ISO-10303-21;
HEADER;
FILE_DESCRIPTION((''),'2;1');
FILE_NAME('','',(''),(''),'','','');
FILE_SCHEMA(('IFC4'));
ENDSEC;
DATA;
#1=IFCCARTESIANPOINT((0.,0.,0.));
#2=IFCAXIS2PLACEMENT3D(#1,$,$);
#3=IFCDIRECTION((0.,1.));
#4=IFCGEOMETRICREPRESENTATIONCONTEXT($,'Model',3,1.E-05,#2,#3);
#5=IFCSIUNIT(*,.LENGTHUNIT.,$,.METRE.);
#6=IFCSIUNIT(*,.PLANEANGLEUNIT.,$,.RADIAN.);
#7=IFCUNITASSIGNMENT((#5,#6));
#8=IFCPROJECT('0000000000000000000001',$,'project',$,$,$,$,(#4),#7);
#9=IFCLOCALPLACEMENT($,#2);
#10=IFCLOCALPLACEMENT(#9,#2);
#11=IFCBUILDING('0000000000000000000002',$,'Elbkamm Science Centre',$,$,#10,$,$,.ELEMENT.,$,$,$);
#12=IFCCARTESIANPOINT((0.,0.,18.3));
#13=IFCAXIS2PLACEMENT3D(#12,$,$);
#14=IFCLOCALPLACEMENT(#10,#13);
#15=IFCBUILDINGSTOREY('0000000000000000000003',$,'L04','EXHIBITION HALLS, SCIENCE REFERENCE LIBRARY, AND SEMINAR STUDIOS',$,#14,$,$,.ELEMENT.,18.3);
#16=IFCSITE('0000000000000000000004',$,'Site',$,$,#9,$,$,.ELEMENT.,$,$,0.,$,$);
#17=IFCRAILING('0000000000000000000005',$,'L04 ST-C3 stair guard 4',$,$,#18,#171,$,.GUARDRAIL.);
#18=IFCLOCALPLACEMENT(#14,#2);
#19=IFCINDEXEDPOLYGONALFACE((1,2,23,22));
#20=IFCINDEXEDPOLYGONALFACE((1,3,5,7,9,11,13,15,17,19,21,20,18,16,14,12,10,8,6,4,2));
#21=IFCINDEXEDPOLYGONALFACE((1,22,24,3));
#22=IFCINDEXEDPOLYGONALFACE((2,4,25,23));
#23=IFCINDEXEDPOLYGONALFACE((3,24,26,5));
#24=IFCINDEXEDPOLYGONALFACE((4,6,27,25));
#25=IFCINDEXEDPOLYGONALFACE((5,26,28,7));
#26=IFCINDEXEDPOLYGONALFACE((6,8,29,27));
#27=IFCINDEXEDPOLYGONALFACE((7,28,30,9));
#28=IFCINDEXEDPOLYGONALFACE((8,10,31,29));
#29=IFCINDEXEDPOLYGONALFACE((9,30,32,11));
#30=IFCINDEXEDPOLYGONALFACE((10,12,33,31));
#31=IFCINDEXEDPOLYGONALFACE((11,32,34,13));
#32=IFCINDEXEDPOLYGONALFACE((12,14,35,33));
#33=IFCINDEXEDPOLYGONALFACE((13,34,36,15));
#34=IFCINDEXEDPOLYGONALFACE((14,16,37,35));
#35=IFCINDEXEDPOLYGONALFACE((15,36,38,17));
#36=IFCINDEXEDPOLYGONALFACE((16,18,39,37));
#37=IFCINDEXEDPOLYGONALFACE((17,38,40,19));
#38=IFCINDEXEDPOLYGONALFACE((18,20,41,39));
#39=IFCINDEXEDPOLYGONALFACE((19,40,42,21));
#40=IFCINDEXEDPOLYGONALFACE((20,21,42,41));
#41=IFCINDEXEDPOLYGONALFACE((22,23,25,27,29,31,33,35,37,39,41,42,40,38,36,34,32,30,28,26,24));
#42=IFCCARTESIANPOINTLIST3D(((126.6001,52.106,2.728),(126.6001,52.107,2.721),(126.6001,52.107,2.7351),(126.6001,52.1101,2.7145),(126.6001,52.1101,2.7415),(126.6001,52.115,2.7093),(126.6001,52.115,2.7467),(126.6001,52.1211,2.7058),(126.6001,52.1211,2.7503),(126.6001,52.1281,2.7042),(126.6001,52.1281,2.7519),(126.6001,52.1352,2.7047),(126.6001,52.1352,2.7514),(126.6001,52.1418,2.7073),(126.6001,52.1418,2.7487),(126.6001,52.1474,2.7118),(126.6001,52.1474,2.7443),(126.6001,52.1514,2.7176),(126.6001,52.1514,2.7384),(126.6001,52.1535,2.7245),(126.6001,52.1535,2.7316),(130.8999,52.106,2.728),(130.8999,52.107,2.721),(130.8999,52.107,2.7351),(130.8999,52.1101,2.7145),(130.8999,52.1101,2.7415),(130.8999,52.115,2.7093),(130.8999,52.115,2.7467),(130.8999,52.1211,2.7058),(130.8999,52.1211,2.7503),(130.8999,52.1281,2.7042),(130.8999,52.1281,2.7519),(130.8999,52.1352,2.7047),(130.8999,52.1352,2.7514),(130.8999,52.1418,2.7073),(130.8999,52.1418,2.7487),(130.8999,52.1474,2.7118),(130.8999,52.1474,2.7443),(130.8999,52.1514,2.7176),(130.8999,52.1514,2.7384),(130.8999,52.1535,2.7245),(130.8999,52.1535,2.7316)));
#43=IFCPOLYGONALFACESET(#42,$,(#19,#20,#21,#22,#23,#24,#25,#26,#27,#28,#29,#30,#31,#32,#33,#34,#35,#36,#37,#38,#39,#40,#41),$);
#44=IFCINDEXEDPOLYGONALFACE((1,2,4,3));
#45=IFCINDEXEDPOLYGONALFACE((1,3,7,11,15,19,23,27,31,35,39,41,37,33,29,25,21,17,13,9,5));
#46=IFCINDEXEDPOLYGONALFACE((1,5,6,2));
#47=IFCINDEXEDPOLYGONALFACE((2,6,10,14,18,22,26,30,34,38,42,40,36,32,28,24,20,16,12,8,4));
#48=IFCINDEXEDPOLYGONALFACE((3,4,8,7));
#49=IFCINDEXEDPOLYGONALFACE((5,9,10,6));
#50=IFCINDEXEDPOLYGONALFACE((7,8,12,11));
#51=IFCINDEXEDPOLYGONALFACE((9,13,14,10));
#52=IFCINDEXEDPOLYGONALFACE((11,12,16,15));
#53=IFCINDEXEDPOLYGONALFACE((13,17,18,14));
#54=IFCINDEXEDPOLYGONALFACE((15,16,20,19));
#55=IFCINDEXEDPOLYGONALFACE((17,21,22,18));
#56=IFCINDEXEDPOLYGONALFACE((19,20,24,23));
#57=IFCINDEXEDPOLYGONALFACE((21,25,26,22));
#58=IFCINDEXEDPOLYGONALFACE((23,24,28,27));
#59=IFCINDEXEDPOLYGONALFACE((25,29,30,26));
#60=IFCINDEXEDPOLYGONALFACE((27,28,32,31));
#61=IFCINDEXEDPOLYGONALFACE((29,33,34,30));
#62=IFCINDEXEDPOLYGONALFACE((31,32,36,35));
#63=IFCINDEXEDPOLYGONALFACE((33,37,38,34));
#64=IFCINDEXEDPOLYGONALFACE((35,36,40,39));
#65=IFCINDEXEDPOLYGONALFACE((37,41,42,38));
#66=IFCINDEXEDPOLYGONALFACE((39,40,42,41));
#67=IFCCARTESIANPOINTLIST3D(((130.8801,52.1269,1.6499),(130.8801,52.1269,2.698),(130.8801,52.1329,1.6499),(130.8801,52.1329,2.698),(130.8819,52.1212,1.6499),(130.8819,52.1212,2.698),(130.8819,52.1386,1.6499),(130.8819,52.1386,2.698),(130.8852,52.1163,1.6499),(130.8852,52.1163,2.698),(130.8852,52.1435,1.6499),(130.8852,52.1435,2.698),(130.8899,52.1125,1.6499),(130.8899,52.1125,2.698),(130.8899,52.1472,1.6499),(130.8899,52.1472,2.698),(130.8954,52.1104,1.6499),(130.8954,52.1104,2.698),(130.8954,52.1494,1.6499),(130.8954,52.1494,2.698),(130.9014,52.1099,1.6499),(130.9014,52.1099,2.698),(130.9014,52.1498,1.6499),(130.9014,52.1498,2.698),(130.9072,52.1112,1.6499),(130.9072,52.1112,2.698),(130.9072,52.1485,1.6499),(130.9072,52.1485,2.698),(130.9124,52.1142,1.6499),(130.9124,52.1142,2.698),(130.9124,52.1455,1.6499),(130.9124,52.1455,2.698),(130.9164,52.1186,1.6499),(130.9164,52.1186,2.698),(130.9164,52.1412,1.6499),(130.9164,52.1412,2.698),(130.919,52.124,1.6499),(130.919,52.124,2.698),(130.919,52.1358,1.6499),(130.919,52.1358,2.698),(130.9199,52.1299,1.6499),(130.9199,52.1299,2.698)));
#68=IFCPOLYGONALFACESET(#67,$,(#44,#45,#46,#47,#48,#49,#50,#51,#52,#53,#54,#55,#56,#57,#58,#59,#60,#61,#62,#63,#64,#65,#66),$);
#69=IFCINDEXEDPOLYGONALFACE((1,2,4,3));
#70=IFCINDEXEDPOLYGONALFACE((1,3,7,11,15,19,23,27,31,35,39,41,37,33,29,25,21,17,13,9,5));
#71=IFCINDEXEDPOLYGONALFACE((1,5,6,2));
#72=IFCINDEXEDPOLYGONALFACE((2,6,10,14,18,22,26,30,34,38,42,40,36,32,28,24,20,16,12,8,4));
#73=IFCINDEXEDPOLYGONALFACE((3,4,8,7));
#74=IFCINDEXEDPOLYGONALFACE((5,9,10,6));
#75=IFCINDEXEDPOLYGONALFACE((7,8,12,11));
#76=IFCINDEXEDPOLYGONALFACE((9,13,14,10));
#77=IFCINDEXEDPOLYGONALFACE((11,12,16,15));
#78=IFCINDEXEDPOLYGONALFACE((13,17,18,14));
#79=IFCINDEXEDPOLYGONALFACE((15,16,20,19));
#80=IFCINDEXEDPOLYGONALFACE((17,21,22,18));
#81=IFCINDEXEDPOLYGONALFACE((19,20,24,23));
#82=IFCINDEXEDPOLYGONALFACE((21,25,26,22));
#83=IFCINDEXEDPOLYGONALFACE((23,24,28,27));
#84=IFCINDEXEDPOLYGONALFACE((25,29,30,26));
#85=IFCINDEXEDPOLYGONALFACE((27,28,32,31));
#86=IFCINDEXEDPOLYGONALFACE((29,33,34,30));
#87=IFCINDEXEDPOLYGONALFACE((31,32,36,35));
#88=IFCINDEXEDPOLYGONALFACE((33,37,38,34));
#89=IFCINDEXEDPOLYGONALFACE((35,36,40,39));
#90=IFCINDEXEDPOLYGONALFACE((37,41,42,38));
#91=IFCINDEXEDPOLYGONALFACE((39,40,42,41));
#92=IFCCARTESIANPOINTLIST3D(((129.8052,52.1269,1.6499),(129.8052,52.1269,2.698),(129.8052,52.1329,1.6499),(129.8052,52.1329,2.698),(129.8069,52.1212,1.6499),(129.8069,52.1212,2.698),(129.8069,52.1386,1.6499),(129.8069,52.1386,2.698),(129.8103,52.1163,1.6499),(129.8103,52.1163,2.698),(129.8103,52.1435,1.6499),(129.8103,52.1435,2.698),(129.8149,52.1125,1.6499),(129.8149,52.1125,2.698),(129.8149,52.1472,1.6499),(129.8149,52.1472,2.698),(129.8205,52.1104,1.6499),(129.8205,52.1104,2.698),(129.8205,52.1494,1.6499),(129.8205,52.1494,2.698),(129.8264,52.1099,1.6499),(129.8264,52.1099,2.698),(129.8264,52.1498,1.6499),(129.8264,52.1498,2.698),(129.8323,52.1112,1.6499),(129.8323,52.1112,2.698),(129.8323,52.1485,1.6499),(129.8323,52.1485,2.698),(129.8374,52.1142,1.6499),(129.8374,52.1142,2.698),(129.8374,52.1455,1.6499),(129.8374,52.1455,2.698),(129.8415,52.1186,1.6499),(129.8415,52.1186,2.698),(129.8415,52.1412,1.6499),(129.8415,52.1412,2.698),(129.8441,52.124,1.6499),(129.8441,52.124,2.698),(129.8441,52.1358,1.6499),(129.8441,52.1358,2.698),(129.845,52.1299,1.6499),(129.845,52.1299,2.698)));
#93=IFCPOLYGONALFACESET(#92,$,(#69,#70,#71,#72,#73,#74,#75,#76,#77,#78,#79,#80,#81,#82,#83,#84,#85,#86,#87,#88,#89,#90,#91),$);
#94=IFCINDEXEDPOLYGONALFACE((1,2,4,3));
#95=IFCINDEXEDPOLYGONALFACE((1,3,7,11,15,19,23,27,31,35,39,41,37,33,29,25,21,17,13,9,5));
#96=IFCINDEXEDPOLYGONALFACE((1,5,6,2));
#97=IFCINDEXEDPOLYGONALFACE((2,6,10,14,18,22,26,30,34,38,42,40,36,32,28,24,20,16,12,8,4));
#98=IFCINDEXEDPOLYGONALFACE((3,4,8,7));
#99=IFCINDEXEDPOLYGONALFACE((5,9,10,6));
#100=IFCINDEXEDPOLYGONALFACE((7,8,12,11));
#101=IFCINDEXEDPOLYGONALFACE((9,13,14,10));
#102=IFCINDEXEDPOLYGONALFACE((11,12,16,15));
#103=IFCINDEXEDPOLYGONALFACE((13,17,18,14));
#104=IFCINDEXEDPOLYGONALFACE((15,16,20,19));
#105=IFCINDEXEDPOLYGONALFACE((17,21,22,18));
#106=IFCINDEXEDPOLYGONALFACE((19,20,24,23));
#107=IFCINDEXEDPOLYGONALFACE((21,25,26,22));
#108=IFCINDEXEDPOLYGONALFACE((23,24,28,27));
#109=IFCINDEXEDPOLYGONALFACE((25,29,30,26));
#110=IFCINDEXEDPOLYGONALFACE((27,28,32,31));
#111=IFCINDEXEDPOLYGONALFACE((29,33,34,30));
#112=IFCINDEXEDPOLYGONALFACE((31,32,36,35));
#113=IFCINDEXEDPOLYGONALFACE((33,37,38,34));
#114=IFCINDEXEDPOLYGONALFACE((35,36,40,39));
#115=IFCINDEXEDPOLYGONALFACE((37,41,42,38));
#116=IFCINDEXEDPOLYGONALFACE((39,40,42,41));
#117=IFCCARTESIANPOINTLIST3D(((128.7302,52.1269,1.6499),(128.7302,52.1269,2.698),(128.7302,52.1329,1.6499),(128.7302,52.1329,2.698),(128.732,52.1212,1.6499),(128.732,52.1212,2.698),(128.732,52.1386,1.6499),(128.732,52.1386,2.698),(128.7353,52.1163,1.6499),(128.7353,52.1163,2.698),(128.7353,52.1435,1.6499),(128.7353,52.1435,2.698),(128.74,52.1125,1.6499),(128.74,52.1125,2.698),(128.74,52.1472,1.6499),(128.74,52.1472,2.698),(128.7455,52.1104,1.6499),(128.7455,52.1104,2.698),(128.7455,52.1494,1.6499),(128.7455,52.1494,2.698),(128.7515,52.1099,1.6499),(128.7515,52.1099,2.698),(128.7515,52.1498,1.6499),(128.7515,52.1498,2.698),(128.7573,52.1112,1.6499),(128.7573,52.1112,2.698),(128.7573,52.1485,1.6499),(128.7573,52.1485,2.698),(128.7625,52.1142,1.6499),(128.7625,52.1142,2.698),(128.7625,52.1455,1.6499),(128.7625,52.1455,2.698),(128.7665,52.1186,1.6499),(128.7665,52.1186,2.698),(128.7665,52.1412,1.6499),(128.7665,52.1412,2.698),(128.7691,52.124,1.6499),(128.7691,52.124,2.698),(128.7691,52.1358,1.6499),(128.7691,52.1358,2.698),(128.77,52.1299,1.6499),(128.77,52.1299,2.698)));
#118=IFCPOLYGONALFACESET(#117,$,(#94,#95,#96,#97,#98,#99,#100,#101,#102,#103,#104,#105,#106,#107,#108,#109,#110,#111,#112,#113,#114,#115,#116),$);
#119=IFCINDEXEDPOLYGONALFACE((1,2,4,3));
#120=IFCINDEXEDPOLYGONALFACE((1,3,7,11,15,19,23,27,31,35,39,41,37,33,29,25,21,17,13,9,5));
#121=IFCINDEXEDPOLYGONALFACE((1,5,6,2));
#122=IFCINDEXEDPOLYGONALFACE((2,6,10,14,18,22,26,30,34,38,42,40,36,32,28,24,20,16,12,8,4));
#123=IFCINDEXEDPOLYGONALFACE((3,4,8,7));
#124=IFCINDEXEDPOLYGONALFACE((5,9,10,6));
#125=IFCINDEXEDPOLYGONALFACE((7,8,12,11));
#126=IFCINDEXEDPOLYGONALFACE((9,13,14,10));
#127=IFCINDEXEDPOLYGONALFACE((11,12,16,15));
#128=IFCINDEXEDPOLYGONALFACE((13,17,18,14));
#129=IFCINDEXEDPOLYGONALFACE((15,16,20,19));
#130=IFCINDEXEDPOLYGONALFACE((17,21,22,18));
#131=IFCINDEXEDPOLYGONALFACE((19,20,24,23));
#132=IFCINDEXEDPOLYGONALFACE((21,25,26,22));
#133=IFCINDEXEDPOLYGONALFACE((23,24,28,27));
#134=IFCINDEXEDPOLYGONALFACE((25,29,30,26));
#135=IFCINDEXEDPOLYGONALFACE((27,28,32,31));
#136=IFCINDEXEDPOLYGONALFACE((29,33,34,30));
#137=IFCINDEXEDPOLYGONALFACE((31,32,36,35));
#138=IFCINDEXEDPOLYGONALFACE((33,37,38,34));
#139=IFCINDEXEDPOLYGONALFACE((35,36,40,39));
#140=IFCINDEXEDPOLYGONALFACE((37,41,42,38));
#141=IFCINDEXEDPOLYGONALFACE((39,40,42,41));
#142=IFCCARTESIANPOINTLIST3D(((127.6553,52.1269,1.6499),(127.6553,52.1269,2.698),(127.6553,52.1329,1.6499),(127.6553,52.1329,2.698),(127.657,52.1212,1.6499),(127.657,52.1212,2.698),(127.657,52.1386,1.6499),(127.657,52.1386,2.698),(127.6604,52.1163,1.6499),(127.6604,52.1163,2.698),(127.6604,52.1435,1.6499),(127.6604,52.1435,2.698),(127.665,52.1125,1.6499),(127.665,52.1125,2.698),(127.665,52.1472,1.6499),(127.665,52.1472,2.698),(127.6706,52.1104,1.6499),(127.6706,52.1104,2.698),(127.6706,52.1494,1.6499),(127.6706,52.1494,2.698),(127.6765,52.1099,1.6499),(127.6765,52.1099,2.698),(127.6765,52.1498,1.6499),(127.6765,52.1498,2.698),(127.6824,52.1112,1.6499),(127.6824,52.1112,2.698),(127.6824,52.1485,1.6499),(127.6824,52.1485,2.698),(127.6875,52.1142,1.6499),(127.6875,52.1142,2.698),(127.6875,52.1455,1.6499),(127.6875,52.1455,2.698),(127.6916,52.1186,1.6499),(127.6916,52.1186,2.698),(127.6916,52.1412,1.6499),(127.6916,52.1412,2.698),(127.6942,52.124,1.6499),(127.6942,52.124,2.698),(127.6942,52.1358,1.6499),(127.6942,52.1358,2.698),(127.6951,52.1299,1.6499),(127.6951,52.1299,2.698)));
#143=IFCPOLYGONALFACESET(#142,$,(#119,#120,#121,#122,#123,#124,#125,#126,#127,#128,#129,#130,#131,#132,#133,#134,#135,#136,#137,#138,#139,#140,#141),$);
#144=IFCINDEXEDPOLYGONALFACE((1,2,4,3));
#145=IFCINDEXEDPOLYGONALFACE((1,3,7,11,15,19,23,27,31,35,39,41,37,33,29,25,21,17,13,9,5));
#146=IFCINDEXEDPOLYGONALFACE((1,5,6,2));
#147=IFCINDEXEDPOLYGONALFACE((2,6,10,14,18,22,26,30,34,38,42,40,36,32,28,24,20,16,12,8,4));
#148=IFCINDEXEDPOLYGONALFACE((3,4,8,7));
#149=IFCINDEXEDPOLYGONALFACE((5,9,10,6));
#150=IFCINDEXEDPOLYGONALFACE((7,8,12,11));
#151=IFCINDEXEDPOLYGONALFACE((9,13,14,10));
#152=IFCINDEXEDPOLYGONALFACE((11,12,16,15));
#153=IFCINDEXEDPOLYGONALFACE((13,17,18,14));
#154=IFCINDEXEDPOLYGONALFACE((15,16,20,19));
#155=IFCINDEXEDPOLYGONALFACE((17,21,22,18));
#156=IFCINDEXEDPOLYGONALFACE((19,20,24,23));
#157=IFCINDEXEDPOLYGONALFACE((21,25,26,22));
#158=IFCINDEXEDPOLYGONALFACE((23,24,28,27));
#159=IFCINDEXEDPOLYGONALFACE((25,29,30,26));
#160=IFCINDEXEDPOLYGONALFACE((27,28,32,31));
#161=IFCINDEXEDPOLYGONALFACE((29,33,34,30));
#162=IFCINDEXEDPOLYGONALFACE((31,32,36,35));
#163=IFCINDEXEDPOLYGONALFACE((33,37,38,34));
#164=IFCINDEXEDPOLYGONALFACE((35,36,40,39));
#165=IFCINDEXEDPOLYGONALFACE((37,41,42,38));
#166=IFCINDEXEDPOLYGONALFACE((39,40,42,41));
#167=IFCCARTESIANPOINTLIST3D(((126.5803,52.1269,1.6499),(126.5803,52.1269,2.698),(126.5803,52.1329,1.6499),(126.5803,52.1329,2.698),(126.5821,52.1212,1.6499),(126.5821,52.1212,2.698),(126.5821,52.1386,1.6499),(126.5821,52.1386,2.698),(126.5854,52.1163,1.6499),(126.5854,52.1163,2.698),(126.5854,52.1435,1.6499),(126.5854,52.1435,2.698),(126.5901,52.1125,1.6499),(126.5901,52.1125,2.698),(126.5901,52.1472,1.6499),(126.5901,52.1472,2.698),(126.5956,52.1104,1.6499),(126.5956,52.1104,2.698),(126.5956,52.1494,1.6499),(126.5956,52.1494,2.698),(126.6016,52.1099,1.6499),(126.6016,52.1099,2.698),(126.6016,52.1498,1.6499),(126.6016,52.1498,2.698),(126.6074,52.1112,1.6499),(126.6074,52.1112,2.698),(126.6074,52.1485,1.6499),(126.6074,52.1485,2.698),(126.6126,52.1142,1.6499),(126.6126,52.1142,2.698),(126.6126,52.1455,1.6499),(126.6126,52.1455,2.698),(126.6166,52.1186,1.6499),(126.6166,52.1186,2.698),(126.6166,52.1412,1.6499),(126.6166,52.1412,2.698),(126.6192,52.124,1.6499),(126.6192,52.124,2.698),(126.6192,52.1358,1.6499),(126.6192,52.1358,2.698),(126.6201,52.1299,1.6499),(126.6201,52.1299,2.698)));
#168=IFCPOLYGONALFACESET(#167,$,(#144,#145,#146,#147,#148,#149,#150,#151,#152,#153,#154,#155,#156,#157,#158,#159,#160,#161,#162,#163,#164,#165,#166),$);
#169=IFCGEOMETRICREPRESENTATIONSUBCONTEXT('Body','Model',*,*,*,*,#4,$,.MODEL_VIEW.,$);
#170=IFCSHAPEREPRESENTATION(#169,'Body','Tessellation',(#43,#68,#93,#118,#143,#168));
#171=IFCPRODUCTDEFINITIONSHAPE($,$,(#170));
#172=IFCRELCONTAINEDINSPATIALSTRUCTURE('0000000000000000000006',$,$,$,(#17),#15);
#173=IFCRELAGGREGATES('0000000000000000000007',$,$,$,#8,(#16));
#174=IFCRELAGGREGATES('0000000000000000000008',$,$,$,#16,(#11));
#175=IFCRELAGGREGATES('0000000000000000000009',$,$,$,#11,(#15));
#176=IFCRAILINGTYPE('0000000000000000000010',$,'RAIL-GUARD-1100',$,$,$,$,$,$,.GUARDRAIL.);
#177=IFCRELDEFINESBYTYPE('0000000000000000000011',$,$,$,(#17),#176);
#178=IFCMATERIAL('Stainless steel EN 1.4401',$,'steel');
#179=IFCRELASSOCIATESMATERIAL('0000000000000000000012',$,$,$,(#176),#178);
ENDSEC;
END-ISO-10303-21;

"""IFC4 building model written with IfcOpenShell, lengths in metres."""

from ifc_helpers import new_model, si_unit, direction, frame, origin, origin_2d, place, context, subcontext, project, spatial, circle, extrude, material, type_object, element, save


model = new_model("IFC4")

# Units and contexts
model_context = context("Model", 3, precision=1e-05, world=origin(), true_north=direction((0.0, 1.0)))
body_context = subcontext(model_context, "Body", "Model", "MODEL_VIEW")
ifc_project = project(units=[si_unit("LENGTHUNIT", "METRE"), si_unit("PLANEANGLEUNIT", "RADIAN")], contexts=[model_context])

# Site, building, storey
site_placement = place(None, origin())
site = spatial("IfcSite", under=ifc_project, at=site_placement, Name="Site", CompositionType="ELEMENT", RefElevation=0.0)
building_placement = place(site_placement, origin())
building = spatial("IfcBuilding", under=site, at=building_placement, Name="Elbkamm Science Centre", CompositionType="ELEMENT")
storey_placement = place(building_placement, frame((0.0, 0.0, 18.3)))
storey = spatial("IfcBuildingStorey", under=building, at=storey_placement, Name="L04", Description="EXHIBITION HALLS, SCIENCE REFERENCE LIBRARY, AND SEMINAR STUDIOS", CompositionType="ELEMENT", Elevation=18.3)

# Railing
ifc_material_1 = material(Name="Stainless steel EN 1.4401", Category="steel")
railing_type_1 = type_object("IfcRailingType", Name="RAIL-GUARD-1100", PredefinedType="GUARDRAIL", material=ifc_material_1)
for number, where, name in (
    (1, (130.8999, 52.1299, 1.6499), "L04 ST-C3 stair guard 4"),
):
    element("IfcRailing", number, at=place(storey_placement, frame(where)), inside=storey, type_object=railing_type_1, Name=name, PredefinedType="GUARDRAIL", context=body_context, shape_type="SweptSolid", body=[
        extrude(circle(Radius=0.0239, at=origin_2d()), frame((0.0, 0.0, 1.0781), z_axis=(-1.0, 0.0, 0.0), x_axis=(0.0, -1.0, 0.0)), (0.0, 0.0, 1.0), 4.2998),
        extrude(circle(Radius=0.02, at=origin_2d()), origin(), (0.0, 0.0, 1.0), 1.0481),
        extrude(circle(Radius=0.02, at=origin_2d()), frame((-1.075, 0.0, 0.0)), (0.0, 0.0, 1.0), 1.0481),
        extrude(circle(Radius=0.02, at=origin_2d()), frame((-2.1499, 0.0, 0.0)), (0.0, 0.0, 1.0), 1.0481),
        extrude(circle(Radius=0.02, at=origin_2d()), frame((-3.2249, 0.0, 0.0)), (0.0, 0.0, 1.0), 1.0481),
        extrude(circle(Radius=0.02, at=origin_2d()), frame((-4.2998, 0.0, 0.0)), (0.0, 0.0, 1.0), 1.0481),
    ])

save(model, "model.ifc")
